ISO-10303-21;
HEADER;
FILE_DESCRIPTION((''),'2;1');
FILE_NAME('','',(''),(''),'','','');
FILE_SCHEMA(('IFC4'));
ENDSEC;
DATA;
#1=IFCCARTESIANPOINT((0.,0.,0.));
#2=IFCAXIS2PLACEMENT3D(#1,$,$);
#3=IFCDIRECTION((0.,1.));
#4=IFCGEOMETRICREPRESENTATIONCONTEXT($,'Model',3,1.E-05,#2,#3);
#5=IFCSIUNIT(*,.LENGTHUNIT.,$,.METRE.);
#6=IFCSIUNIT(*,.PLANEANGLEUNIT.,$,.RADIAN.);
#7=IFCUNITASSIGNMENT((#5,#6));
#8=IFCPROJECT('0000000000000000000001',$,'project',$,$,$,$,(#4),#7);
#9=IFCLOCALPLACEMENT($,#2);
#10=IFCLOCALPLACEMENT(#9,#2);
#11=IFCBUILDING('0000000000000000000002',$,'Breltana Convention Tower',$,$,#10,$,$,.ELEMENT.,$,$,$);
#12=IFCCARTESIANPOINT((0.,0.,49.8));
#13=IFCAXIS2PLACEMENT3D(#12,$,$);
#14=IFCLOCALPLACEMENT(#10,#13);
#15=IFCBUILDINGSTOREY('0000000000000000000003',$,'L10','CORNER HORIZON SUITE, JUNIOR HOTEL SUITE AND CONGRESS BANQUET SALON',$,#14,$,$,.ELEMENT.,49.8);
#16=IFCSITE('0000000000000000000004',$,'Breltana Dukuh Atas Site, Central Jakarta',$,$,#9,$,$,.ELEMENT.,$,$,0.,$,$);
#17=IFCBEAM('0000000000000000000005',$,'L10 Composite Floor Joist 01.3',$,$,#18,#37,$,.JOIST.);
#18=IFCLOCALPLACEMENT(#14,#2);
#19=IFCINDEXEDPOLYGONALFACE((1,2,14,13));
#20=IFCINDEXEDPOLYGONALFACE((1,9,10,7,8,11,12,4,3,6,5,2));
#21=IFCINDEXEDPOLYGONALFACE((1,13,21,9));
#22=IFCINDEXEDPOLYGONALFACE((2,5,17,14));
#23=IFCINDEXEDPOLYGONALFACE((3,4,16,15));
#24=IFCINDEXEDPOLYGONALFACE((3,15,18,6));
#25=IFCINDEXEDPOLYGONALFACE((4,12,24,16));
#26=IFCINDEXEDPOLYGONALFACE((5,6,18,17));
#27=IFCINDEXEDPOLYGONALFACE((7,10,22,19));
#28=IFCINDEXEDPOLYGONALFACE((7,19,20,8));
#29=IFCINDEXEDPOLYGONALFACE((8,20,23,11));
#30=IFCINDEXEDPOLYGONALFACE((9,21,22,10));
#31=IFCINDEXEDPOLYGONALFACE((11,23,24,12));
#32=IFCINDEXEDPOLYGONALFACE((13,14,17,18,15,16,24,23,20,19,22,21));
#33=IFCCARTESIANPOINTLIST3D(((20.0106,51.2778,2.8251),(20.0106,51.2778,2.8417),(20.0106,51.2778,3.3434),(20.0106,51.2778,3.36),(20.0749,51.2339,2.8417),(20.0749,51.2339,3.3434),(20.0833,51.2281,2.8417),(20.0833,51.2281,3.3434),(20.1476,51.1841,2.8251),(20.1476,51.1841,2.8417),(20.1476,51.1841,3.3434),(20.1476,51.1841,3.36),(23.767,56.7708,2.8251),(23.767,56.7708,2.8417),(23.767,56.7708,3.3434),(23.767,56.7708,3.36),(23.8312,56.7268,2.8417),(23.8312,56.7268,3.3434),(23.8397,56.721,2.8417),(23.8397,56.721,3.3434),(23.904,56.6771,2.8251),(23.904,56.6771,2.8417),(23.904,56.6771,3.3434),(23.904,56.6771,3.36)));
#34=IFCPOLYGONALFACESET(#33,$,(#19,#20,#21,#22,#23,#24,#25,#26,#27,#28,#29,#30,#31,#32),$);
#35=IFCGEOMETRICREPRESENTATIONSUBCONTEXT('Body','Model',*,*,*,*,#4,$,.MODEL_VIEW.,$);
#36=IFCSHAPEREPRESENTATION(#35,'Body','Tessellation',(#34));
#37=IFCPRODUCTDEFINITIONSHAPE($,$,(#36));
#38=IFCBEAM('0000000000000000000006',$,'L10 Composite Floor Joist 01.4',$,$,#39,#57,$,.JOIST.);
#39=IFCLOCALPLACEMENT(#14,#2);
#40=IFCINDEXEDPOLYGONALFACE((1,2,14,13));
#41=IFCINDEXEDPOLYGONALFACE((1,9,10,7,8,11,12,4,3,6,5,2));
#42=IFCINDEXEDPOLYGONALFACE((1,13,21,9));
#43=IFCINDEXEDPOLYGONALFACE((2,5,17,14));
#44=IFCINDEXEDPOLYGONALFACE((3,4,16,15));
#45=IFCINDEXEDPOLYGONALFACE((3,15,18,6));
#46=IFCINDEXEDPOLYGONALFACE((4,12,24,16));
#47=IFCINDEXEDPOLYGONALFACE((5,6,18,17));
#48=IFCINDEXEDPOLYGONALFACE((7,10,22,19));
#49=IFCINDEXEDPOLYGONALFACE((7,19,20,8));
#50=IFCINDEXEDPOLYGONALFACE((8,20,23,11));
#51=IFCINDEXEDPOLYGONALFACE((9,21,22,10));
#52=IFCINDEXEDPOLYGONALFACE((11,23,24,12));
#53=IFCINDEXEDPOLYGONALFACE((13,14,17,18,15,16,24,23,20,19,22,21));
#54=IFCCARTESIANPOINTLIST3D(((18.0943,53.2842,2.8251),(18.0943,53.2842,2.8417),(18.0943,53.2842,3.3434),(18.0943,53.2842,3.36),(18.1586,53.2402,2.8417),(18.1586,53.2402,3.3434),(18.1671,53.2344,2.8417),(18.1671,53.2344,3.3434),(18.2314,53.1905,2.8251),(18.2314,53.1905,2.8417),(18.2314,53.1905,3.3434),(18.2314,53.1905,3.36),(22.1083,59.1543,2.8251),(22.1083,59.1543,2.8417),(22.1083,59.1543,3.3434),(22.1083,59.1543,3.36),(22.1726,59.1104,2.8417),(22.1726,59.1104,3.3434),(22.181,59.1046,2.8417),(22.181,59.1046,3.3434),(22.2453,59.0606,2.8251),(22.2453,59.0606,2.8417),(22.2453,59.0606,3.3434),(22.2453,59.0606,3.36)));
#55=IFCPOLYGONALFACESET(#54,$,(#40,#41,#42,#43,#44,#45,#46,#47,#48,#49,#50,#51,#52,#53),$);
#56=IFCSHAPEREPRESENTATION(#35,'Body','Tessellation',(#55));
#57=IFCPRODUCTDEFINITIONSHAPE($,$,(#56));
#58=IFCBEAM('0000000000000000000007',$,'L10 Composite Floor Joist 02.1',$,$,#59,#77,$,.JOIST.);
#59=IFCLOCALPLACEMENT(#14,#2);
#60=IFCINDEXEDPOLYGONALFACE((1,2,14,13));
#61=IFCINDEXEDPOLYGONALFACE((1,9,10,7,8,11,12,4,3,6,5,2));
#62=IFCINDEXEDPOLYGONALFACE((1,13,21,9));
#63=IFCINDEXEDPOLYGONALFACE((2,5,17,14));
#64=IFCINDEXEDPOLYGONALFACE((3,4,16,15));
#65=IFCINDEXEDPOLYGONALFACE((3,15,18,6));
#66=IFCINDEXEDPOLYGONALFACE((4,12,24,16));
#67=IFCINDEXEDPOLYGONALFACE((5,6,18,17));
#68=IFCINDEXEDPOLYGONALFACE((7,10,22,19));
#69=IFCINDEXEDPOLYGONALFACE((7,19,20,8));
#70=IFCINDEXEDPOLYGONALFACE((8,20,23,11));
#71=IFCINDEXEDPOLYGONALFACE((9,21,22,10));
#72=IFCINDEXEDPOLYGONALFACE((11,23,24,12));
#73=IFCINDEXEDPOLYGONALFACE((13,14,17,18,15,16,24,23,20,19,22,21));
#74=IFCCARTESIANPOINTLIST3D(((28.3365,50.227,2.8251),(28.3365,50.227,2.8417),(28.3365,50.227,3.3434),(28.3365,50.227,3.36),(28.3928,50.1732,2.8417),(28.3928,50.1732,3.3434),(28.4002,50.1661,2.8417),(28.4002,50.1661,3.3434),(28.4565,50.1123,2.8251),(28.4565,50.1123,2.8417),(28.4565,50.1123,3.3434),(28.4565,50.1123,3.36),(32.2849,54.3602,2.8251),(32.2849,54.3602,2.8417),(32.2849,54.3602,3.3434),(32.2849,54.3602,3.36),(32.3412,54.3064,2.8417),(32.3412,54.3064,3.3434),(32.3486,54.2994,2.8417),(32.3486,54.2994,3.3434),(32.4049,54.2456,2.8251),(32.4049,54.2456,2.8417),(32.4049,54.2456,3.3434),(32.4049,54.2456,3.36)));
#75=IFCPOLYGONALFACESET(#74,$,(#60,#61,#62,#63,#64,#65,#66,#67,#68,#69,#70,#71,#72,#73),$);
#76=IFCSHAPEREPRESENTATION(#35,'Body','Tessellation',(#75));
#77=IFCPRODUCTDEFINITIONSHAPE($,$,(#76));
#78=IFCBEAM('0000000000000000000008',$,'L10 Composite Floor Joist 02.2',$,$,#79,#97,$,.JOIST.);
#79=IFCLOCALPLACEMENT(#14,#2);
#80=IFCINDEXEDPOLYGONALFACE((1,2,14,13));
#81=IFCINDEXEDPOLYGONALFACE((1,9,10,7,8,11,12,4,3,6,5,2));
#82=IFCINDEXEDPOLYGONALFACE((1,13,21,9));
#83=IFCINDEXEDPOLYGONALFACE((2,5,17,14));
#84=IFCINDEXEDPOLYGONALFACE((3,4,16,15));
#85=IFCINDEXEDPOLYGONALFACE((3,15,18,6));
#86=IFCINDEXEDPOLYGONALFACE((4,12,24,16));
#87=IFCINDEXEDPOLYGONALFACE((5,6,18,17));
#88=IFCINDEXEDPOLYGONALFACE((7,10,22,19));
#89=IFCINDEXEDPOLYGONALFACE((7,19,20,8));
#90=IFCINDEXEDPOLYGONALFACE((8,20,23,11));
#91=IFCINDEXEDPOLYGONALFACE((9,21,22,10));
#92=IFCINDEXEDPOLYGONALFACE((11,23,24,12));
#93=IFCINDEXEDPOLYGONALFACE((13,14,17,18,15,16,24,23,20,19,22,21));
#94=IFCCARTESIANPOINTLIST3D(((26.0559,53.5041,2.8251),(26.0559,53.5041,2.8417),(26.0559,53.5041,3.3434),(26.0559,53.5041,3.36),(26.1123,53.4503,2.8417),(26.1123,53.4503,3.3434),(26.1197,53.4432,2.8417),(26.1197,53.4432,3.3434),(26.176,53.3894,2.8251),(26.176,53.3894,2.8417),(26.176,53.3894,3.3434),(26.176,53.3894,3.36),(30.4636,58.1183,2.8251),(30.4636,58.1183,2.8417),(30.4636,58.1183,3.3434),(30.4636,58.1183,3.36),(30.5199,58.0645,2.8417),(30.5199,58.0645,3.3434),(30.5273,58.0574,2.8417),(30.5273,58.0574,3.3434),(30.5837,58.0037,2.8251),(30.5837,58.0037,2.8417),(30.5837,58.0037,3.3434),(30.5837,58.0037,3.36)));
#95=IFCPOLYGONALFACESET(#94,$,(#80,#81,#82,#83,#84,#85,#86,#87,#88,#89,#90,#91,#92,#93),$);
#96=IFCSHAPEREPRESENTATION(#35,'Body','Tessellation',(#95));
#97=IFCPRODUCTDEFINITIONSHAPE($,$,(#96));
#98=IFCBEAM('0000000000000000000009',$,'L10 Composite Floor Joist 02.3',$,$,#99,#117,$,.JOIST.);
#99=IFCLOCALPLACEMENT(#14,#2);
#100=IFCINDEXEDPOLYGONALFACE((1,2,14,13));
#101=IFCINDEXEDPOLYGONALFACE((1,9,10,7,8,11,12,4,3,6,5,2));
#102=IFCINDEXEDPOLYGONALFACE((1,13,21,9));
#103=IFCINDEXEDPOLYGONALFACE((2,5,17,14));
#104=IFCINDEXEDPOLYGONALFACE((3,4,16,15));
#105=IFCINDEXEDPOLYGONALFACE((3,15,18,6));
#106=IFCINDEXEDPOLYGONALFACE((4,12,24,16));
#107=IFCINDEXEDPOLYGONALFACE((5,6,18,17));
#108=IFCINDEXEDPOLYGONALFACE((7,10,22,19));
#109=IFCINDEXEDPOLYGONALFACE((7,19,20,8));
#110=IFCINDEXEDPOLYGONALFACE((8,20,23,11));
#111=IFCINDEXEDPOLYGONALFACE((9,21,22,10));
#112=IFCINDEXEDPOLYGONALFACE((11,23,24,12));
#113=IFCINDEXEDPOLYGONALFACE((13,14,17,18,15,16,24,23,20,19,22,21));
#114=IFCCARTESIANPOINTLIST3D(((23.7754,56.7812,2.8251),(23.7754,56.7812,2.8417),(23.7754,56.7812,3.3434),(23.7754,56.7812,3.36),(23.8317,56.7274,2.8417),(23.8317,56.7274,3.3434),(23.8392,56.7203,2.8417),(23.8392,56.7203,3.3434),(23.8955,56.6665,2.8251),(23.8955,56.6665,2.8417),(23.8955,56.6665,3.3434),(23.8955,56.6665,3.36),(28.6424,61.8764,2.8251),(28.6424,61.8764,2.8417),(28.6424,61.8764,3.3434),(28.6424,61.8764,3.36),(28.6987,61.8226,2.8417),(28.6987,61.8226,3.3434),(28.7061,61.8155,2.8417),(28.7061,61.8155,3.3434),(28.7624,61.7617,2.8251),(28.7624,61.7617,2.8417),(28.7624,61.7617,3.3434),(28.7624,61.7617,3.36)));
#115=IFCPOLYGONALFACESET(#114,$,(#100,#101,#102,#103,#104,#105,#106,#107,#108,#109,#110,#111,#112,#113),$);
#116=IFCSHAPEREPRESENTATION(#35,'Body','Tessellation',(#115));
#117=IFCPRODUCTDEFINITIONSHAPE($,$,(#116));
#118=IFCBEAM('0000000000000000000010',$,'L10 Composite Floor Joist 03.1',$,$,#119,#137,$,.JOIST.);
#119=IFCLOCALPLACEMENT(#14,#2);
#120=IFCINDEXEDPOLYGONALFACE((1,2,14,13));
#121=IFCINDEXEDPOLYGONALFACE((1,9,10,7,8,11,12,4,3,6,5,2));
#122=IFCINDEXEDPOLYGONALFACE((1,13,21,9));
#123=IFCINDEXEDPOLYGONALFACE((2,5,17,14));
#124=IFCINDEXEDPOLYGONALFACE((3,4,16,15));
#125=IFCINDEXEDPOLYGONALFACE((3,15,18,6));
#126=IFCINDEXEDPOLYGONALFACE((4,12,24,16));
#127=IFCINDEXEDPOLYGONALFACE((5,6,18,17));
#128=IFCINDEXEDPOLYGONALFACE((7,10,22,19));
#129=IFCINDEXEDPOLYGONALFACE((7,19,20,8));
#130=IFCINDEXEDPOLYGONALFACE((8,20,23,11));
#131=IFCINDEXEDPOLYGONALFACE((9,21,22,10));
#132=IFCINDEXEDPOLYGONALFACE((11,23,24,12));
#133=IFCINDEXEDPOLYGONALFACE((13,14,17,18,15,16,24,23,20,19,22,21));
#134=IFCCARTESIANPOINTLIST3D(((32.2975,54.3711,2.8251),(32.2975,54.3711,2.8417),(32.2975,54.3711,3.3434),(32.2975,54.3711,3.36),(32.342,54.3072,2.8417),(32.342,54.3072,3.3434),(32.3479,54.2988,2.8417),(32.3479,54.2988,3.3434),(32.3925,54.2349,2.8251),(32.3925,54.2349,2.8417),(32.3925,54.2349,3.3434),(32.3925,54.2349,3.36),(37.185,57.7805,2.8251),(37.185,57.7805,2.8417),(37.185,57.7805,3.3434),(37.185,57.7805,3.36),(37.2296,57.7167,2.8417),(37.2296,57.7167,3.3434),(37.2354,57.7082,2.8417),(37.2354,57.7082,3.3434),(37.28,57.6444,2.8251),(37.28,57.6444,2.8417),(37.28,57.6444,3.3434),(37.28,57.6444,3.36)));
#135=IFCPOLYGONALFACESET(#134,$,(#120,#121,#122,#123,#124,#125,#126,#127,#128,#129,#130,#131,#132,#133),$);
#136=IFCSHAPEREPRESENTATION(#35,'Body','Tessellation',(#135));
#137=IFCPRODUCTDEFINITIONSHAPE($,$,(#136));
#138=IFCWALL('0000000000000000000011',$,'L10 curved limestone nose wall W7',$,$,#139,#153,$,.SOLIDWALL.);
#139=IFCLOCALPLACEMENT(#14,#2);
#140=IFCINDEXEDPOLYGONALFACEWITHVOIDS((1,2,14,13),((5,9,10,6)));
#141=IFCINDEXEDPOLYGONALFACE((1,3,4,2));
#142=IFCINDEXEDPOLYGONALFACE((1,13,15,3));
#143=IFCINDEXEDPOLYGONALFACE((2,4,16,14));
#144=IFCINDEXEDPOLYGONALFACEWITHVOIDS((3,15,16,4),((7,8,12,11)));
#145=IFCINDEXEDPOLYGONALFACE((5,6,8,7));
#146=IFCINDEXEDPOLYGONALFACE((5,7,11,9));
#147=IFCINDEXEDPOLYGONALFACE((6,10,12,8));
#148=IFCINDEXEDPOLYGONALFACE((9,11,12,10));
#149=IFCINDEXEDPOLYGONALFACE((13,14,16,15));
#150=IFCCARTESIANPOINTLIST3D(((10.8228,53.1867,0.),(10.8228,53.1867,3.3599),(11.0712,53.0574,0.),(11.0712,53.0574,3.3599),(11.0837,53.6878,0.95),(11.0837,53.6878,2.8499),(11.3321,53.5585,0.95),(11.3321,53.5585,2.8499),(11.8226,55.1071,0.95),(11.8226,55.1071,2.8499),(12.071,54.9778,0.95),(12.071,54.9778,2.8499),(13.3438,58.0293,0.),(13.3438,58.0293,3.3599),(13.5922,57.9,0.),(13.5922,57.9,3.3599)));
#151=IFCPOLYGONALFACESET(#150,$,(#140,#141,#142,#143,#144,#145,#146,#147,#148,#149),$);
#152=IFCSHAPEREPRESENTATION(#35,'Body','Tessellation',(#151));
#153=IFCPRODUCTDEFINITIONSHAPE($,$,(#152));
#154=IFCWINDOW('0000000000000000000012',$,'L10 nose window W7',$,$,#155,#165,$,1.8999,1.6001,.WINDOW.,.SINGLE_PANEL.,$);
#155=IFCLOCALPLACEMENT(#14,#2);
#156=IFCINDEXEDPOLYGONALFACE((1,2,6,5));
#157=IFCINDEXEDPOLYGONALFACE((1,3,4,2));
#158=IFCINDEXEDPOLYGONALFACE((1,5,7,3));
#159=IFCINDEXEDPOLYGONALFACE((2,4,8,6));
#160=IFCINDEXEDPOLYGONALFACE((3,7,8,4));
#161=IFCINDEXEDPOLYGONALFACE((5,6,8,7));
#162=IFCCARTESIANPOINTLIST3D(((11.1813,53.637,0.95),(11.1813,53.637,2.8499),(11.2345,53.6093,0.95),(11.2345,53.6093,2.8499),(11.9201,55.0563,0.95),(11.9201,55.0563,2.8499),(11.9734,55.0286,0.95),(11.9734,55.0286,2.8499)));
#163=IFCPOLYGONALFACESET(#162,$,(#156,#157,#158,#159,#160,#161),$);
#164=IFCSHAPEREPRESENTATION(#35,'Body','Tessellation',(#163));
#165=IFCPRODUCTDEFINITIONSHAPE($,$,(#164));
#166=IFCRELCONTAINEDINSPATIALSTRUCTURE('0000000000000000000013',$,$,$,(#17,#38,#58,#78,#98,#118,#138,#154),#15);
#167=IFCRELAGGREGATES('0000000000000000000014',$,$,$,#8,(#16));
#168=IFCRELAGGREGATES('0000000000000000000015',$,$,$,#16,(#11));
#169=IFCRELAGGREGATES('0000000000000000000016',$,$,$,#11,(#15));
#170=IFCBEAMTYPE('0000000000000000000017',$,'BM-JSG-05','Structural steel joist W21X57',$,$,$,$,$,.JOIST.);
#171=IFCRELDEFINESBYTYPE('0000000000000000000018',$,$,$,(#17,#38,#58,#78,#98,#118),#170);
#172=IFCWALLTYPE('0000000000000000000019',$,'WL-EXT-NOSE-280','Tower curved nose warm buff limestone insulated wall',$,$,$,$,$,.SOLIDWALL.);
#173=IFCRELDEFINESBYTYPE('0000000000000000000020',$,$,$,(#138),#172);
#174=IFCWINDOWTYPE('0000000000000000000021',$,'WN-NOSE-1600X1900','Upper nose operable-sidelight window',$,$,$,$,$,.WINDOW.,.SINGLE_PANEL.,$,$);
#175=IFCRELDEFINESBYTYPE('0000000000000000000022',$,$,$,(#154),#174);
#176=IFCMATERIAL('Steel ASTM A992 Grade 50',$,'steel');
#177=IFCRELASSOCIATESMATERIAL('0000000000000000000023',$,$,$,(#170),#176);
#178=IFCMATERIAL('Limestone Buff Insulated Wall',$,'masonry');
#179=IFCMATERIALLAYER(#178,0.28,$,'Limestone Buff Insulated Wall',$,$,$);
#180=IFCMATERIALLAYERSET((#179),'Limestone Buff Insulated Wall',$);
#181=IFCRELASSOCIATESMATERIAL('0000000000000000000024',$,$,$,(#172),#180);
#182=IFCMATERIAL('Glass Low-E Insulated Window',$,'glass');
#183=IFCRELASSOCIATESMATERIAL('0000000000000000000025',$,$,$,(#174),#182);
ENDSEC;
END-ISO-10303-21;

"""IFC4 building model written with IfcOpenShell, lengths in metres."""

from ifc_helpers import new_model, si_unit, direction, frame, frame_2d, origin, origin_2d, place, context, subcontext, project, spatial, rectangle, i_section, extrude, source, transform, mapped, material, layer, layer_set, material_profile, profile_set, type_object, type_shapes, element, fill, save


model = new_model("IFC4")

# Units and contexts
model_context = context("Model", 3, precision=1e-05, world=origin(), true_north=direction((0.0, 1.0)))
body_context = subcontext(model_context, "Body", "Model", "MODEL_VIEW")
ifc_project = project(units=[si_unit("LENGTHUNIT", "METRE"), si_unit("PLANEANGLEUNIT", "RADIAN")], contexts=[model_context])

# Site, building, storey
site_placement = place(None, origin())
site = spatial("IfcSite", under=ifc_project, at=site_placement, Name="Breltana Dukuh Atas Site, Central Jakarta", CompositionType="ELEMENT", RefElevation=0.0)
building_placement = place(site_placement, origin())
building = spatial("IfcBuilding", under=site, at=building_placement, Name="Breltana Convention Tower", CompositionType="ELEMENT")
storey_placement = place(building_placement, frame((0.0, 0.0, 49.8)))
storey = spatial("IfcBuildingStorey", under=building, at=storey_placement, Name="L10", Description="CORNER HORIZON SUITE, JUNIOR HOTEL SUITE AND CONGRESS BANQUET SALON", CompositionType="ELEMENT", Elevation=49.8)

# Beams
ifc_material_1 = material(Name="Steel ASTM A992 Grade 50", Category="steel")
ifc_material_profile_1 = material_profile(ifc_material_1, i_section(OverallWidth=0.166, OverallDepth=0.5349, WebThickness=0.0103, FlangeThickness=0.0166, at=origin_2d()), Name="W21X57")
ifc_profile_set_1 = profile_set([ifc_material_profile_1], Name="Steel ASTM A992 Grade 50")
beam_type_1 = type_object("IfcBeamType", Name="BM-JSG-05", Description="Structural steel joist W21X57", PredefinedType="JOIST", material=ifc_profile_set_1)
shared_shape_1 = source(origin(), body_context, "Body", "SweptSolid", [
    extrude(i_section(OverallWidth=0.166, OverallDepth=0.5349, WebThickness=0.0103, FlangeThickness=0.0166, at=origin_2d()), origin(), (0.0, 0.0, 1.0), 6.6545),
])
beam_1_placement = place(storey_placement, frame((20.0791, 51.231, 3.0925), z_axis=(0.564483, 0.825445, 0.0), x_axis=(-0.825445, 0.564483, 0.0)))
element("IfcBeam", 1, at=beam_1_placement, inside=storey, type_object=beam_type_1, Name="L10 Composite Floor Joist 01.3", PredefinedType="JOIST", context=body_context, shape_type="MappedRepresentation", body=[
    mapped(shared_shape_1, transform((0.0, 0.0, 0.0), scale=1.0)),
])
shared_shape_2 = source(origin(), body_context, "Body", "SweptSolid", [
    extrude(i_section(OverallWidth=0.166, OverallDepth=0.5349, WebThickness=0.0103, FlangeThickness=0.0166, at=origin_2d()), origin(), (0.0, 0.0, 1.0), 7.1113),
])
beam_2_placement = place(storey_placement, frame((18.1628, 53.2373, 3.0925), z_axis=(0.564446, 0.82547, 0.0), x_axis=(-0.82547, 0.564446, 0.0)))
element("IfcBeam", 2, at=beam_2_placement, inside=storey, type_object=beam_type_1, Name="L10 Composite Floor Joist 01.4", PredefinedType="JOIST", context=body_context, shape_type="MappedRepresentation", body=[
    mapped(shared_shape_2, transform((0.0, 0.0, 0.0), scale=1.0)),
])
shared_shape_3 = source(origin(), body_context, "Body", "SweptSolid", [
    extrude(i_section(OverallWidth=0.166, OverallDepth=0.5349, WebThickness=0.0103, FlangeThickness=0.0166, at=origin_2d()), origin(), (0.0, 0.0, 1.0), 5.7161),
])
beam_3_placement = place(storey_placement, frame((28.3965, 50.1697, 3.0925), z_axis=(0.690756, 0.723088, 0.0), x_axis=(-0.723088, 0.690756, 0.0)))
element("IfcBeam", 3, at=beam_3_placement, inside=storey, type_object=beam_type_1, Name="L10 Composite Floor Joist 02.1", PredefinedType="JOIST", context=body_context, shape_type="MappedRepresentation", body=[
    mapped(shared_shape_3, transform((0.0, 0.0, 0.0), scale=1.0)),
])
shared_shape_4 = source(origin(), body_context, "Body", "SweptSolid", [
    extrude(i_section(OverallWidth=0.166, OverallDepth=0.5349, WebThickness=0.0103, FlangeThickness=0.0166, at=origin_2d()), origin(), (0.0, 0.0, 1.0), 6.3811),
])
beam_4_placement = place(storey_placement, frame((26.116, 53.4468, 3.0925), z_axis=(0.690738, 0.723105, 0.0), x_axis=(-0.723105, 0.690738, 0.0)))
element("IfcBeam", 4, at=beam_4_placement, inside=storey, type_object=beam_type_1, Name="L10 Composite Floor Joist 02.2", PredefinedType="JOIST", context=body_context, shape_type="MappedRepresentation", body=[
    mapped(shared_shape_4, transform((0.0, 0.0, 0.0), scale=1.0)),
])
shared_shape_5 = source(origin(), body_context, "Body", "SweptSolid", [
    extrude(i_section(OverallWidth=0.166, OverallDepth=0.5349, WebThickness=0.0103, FlangeThickness=0.0166, at=origin_2d()), origin(), (0.0, 0.0, 1.0), 7.0461),
])
beam_5_placement = place(storey_placement, frame((23.8354, 56.7239, 3.0925), z_axis=(0.690723, 0.72312, 0.0), x_axis=(-0.72312, 0.690723, 0.0)))
element("IfcBeam", 5, at=beam_5_placement, inside=storey, type_object=beam_type_1, Name="L10 Composite Floor Joist 02.3", PredefinedType="JOIST", context=body_context, shape_type="MappedRepresentation", body=[
    mapped(shared_shape_5, transform((0.0, 0.0, 0.0), scale=1.0)),
])
shared_shape_6 = source(origin(), body_context, "Body", "SweptSolid", [
    extrude(i_section(OverallWidth=0.166, OverallDepth=0.5349, WebThickness=0.0103, FlangeThickness=0.0166, at=origin_2d()), origin(), (0.0, 0.0, 1.0), 5.9592),
])
beam_6_placement = place(storey_placement, frame((32.345, 54.303, 3.0925), z_axis=(0.82016, 0.572134, 0.0), x_axis=(-0.572134, 0.82016, 0.0)))
element("IfcBeam", 6, at=beam_6_placement, inside=storey, type_object=beam_type_1, Name="L10 Composite Floor Joist 03.1", PredefinedType="JOIST", context=body_context, shape_type="MappedRepresentation", body=[
    mapped(shared_shape_6, transform((0.0, 0.0, 0.0), scale=1.0)),
])

# Wall, opening, window
ifc_material_2 = material(Name="Limestone Buff Insulated Wall", Category="masonry")
ifc_layer_1 = layer(ifc_material_2, 0.28, Name="Limestone Buff Insulated Wall")
ifc_layer_set_1 = layer_set([ifc_layer_1], Name="Limestone Buff Insulated Wall")
wall_type_1 = type_object("IfcWallType", Name="WL-EXT-NOSE-280", Description="Tower curved nose warm buff limestone insulated wall", PredefinedType="SOLIDWALL", material=ifc_layer_set_1)
shared_shape_7 = source(origin(), body_context, "Body", "SweptSolid", [
    extrude(rectangle(XDim=5.4595, YDim=0.28, at=frame_2d((2.7297, 0.0))), origin(), (0.0, 0.0, 1.0), 3.3599),
])
wall_1_placement = place(storey_placement, frame((10.947, 53.1221, 0.0), z_axis=(0.0, 0.0, 1.0), x_axis=(0.461768, 0.887001, 0.0)))
wall_1 = element("IfcWall", 7, at=wall_1_placement, inside=storey, type_object=wall_type_1, Name="L10 curved limestone nose wall W7", PredefinedType="SOLIDWALL", context=body_context, shape_type="MappedRepresentation", body=[
    mapped(shared_shape_7, transform((0.0, 0.0, 0.0), scale=1.0)),
])
opening_1_placement = place(wall_1_placement, frame((0.5649, 0.0, 0.95)))
opening_1 = element("IfcOpeningElement", 8, at=opening_1_placement, cuts=wall_1, PredefinedType="OPENING", context=body_context, shape_type="SweptSolid", body=[
    extrude(rectangle(XDim=1.6001, YDim=1.8999, at=frame_2d((0.8, 0.95))), frame((0.0, 0.1499, 0.0), z_axis=(0.0, -1.0, 0.0), x_axis=(1.0, 0.0, 0.0)), (0.0, 0.0, 1.0), 0.3),
])
ifc_material_3 = material(Name="Glass Low-E Insulated Window", Category="glass")
window_type = type_object("IfcWindowType", Name="WN-NOSE-1600X1900", Description="Upper nose operable-sidelight window", PartitioningType="SINGLE_PANEL", PredefinedType="WINDOW", material=ifc_material_3)
shared_shape_8 = source(origin(), body_context, "Body", "SweptSolid", [
    extrude(rectangle(XDim=1.6001, YDim=1.8999, at=frame_2d((0.8, 0.95))), frame((0.0, 0.03, 0.0), z_axis=(0.0, -1.0, 0.0), x_axis=(1.0, 0.0, 0.0)), (0.0, 0.0, 1.0), 0.0601),
])
type_shapes(window_type, [shared_shape_8])
window_placement = place(opening_1_placement, origin())
window = element("IfcWindow", 9, at=window_placement, inside=storey, type_object=window_type, Name="L10 nose window W7", OverallHeight=1.8999, OverallWidth=1.6001, PartitioningType="SINGLE_PANEL", PredefinedType="WINDOW", context=body_context, shape_type="MappedRepresentation", body=[
    mapped(shared_shape_8, transform((0.0, 0.0, 0.0), scale=1.0)),
])
fill(opening_1, window)

save(model, "model.ifc")
